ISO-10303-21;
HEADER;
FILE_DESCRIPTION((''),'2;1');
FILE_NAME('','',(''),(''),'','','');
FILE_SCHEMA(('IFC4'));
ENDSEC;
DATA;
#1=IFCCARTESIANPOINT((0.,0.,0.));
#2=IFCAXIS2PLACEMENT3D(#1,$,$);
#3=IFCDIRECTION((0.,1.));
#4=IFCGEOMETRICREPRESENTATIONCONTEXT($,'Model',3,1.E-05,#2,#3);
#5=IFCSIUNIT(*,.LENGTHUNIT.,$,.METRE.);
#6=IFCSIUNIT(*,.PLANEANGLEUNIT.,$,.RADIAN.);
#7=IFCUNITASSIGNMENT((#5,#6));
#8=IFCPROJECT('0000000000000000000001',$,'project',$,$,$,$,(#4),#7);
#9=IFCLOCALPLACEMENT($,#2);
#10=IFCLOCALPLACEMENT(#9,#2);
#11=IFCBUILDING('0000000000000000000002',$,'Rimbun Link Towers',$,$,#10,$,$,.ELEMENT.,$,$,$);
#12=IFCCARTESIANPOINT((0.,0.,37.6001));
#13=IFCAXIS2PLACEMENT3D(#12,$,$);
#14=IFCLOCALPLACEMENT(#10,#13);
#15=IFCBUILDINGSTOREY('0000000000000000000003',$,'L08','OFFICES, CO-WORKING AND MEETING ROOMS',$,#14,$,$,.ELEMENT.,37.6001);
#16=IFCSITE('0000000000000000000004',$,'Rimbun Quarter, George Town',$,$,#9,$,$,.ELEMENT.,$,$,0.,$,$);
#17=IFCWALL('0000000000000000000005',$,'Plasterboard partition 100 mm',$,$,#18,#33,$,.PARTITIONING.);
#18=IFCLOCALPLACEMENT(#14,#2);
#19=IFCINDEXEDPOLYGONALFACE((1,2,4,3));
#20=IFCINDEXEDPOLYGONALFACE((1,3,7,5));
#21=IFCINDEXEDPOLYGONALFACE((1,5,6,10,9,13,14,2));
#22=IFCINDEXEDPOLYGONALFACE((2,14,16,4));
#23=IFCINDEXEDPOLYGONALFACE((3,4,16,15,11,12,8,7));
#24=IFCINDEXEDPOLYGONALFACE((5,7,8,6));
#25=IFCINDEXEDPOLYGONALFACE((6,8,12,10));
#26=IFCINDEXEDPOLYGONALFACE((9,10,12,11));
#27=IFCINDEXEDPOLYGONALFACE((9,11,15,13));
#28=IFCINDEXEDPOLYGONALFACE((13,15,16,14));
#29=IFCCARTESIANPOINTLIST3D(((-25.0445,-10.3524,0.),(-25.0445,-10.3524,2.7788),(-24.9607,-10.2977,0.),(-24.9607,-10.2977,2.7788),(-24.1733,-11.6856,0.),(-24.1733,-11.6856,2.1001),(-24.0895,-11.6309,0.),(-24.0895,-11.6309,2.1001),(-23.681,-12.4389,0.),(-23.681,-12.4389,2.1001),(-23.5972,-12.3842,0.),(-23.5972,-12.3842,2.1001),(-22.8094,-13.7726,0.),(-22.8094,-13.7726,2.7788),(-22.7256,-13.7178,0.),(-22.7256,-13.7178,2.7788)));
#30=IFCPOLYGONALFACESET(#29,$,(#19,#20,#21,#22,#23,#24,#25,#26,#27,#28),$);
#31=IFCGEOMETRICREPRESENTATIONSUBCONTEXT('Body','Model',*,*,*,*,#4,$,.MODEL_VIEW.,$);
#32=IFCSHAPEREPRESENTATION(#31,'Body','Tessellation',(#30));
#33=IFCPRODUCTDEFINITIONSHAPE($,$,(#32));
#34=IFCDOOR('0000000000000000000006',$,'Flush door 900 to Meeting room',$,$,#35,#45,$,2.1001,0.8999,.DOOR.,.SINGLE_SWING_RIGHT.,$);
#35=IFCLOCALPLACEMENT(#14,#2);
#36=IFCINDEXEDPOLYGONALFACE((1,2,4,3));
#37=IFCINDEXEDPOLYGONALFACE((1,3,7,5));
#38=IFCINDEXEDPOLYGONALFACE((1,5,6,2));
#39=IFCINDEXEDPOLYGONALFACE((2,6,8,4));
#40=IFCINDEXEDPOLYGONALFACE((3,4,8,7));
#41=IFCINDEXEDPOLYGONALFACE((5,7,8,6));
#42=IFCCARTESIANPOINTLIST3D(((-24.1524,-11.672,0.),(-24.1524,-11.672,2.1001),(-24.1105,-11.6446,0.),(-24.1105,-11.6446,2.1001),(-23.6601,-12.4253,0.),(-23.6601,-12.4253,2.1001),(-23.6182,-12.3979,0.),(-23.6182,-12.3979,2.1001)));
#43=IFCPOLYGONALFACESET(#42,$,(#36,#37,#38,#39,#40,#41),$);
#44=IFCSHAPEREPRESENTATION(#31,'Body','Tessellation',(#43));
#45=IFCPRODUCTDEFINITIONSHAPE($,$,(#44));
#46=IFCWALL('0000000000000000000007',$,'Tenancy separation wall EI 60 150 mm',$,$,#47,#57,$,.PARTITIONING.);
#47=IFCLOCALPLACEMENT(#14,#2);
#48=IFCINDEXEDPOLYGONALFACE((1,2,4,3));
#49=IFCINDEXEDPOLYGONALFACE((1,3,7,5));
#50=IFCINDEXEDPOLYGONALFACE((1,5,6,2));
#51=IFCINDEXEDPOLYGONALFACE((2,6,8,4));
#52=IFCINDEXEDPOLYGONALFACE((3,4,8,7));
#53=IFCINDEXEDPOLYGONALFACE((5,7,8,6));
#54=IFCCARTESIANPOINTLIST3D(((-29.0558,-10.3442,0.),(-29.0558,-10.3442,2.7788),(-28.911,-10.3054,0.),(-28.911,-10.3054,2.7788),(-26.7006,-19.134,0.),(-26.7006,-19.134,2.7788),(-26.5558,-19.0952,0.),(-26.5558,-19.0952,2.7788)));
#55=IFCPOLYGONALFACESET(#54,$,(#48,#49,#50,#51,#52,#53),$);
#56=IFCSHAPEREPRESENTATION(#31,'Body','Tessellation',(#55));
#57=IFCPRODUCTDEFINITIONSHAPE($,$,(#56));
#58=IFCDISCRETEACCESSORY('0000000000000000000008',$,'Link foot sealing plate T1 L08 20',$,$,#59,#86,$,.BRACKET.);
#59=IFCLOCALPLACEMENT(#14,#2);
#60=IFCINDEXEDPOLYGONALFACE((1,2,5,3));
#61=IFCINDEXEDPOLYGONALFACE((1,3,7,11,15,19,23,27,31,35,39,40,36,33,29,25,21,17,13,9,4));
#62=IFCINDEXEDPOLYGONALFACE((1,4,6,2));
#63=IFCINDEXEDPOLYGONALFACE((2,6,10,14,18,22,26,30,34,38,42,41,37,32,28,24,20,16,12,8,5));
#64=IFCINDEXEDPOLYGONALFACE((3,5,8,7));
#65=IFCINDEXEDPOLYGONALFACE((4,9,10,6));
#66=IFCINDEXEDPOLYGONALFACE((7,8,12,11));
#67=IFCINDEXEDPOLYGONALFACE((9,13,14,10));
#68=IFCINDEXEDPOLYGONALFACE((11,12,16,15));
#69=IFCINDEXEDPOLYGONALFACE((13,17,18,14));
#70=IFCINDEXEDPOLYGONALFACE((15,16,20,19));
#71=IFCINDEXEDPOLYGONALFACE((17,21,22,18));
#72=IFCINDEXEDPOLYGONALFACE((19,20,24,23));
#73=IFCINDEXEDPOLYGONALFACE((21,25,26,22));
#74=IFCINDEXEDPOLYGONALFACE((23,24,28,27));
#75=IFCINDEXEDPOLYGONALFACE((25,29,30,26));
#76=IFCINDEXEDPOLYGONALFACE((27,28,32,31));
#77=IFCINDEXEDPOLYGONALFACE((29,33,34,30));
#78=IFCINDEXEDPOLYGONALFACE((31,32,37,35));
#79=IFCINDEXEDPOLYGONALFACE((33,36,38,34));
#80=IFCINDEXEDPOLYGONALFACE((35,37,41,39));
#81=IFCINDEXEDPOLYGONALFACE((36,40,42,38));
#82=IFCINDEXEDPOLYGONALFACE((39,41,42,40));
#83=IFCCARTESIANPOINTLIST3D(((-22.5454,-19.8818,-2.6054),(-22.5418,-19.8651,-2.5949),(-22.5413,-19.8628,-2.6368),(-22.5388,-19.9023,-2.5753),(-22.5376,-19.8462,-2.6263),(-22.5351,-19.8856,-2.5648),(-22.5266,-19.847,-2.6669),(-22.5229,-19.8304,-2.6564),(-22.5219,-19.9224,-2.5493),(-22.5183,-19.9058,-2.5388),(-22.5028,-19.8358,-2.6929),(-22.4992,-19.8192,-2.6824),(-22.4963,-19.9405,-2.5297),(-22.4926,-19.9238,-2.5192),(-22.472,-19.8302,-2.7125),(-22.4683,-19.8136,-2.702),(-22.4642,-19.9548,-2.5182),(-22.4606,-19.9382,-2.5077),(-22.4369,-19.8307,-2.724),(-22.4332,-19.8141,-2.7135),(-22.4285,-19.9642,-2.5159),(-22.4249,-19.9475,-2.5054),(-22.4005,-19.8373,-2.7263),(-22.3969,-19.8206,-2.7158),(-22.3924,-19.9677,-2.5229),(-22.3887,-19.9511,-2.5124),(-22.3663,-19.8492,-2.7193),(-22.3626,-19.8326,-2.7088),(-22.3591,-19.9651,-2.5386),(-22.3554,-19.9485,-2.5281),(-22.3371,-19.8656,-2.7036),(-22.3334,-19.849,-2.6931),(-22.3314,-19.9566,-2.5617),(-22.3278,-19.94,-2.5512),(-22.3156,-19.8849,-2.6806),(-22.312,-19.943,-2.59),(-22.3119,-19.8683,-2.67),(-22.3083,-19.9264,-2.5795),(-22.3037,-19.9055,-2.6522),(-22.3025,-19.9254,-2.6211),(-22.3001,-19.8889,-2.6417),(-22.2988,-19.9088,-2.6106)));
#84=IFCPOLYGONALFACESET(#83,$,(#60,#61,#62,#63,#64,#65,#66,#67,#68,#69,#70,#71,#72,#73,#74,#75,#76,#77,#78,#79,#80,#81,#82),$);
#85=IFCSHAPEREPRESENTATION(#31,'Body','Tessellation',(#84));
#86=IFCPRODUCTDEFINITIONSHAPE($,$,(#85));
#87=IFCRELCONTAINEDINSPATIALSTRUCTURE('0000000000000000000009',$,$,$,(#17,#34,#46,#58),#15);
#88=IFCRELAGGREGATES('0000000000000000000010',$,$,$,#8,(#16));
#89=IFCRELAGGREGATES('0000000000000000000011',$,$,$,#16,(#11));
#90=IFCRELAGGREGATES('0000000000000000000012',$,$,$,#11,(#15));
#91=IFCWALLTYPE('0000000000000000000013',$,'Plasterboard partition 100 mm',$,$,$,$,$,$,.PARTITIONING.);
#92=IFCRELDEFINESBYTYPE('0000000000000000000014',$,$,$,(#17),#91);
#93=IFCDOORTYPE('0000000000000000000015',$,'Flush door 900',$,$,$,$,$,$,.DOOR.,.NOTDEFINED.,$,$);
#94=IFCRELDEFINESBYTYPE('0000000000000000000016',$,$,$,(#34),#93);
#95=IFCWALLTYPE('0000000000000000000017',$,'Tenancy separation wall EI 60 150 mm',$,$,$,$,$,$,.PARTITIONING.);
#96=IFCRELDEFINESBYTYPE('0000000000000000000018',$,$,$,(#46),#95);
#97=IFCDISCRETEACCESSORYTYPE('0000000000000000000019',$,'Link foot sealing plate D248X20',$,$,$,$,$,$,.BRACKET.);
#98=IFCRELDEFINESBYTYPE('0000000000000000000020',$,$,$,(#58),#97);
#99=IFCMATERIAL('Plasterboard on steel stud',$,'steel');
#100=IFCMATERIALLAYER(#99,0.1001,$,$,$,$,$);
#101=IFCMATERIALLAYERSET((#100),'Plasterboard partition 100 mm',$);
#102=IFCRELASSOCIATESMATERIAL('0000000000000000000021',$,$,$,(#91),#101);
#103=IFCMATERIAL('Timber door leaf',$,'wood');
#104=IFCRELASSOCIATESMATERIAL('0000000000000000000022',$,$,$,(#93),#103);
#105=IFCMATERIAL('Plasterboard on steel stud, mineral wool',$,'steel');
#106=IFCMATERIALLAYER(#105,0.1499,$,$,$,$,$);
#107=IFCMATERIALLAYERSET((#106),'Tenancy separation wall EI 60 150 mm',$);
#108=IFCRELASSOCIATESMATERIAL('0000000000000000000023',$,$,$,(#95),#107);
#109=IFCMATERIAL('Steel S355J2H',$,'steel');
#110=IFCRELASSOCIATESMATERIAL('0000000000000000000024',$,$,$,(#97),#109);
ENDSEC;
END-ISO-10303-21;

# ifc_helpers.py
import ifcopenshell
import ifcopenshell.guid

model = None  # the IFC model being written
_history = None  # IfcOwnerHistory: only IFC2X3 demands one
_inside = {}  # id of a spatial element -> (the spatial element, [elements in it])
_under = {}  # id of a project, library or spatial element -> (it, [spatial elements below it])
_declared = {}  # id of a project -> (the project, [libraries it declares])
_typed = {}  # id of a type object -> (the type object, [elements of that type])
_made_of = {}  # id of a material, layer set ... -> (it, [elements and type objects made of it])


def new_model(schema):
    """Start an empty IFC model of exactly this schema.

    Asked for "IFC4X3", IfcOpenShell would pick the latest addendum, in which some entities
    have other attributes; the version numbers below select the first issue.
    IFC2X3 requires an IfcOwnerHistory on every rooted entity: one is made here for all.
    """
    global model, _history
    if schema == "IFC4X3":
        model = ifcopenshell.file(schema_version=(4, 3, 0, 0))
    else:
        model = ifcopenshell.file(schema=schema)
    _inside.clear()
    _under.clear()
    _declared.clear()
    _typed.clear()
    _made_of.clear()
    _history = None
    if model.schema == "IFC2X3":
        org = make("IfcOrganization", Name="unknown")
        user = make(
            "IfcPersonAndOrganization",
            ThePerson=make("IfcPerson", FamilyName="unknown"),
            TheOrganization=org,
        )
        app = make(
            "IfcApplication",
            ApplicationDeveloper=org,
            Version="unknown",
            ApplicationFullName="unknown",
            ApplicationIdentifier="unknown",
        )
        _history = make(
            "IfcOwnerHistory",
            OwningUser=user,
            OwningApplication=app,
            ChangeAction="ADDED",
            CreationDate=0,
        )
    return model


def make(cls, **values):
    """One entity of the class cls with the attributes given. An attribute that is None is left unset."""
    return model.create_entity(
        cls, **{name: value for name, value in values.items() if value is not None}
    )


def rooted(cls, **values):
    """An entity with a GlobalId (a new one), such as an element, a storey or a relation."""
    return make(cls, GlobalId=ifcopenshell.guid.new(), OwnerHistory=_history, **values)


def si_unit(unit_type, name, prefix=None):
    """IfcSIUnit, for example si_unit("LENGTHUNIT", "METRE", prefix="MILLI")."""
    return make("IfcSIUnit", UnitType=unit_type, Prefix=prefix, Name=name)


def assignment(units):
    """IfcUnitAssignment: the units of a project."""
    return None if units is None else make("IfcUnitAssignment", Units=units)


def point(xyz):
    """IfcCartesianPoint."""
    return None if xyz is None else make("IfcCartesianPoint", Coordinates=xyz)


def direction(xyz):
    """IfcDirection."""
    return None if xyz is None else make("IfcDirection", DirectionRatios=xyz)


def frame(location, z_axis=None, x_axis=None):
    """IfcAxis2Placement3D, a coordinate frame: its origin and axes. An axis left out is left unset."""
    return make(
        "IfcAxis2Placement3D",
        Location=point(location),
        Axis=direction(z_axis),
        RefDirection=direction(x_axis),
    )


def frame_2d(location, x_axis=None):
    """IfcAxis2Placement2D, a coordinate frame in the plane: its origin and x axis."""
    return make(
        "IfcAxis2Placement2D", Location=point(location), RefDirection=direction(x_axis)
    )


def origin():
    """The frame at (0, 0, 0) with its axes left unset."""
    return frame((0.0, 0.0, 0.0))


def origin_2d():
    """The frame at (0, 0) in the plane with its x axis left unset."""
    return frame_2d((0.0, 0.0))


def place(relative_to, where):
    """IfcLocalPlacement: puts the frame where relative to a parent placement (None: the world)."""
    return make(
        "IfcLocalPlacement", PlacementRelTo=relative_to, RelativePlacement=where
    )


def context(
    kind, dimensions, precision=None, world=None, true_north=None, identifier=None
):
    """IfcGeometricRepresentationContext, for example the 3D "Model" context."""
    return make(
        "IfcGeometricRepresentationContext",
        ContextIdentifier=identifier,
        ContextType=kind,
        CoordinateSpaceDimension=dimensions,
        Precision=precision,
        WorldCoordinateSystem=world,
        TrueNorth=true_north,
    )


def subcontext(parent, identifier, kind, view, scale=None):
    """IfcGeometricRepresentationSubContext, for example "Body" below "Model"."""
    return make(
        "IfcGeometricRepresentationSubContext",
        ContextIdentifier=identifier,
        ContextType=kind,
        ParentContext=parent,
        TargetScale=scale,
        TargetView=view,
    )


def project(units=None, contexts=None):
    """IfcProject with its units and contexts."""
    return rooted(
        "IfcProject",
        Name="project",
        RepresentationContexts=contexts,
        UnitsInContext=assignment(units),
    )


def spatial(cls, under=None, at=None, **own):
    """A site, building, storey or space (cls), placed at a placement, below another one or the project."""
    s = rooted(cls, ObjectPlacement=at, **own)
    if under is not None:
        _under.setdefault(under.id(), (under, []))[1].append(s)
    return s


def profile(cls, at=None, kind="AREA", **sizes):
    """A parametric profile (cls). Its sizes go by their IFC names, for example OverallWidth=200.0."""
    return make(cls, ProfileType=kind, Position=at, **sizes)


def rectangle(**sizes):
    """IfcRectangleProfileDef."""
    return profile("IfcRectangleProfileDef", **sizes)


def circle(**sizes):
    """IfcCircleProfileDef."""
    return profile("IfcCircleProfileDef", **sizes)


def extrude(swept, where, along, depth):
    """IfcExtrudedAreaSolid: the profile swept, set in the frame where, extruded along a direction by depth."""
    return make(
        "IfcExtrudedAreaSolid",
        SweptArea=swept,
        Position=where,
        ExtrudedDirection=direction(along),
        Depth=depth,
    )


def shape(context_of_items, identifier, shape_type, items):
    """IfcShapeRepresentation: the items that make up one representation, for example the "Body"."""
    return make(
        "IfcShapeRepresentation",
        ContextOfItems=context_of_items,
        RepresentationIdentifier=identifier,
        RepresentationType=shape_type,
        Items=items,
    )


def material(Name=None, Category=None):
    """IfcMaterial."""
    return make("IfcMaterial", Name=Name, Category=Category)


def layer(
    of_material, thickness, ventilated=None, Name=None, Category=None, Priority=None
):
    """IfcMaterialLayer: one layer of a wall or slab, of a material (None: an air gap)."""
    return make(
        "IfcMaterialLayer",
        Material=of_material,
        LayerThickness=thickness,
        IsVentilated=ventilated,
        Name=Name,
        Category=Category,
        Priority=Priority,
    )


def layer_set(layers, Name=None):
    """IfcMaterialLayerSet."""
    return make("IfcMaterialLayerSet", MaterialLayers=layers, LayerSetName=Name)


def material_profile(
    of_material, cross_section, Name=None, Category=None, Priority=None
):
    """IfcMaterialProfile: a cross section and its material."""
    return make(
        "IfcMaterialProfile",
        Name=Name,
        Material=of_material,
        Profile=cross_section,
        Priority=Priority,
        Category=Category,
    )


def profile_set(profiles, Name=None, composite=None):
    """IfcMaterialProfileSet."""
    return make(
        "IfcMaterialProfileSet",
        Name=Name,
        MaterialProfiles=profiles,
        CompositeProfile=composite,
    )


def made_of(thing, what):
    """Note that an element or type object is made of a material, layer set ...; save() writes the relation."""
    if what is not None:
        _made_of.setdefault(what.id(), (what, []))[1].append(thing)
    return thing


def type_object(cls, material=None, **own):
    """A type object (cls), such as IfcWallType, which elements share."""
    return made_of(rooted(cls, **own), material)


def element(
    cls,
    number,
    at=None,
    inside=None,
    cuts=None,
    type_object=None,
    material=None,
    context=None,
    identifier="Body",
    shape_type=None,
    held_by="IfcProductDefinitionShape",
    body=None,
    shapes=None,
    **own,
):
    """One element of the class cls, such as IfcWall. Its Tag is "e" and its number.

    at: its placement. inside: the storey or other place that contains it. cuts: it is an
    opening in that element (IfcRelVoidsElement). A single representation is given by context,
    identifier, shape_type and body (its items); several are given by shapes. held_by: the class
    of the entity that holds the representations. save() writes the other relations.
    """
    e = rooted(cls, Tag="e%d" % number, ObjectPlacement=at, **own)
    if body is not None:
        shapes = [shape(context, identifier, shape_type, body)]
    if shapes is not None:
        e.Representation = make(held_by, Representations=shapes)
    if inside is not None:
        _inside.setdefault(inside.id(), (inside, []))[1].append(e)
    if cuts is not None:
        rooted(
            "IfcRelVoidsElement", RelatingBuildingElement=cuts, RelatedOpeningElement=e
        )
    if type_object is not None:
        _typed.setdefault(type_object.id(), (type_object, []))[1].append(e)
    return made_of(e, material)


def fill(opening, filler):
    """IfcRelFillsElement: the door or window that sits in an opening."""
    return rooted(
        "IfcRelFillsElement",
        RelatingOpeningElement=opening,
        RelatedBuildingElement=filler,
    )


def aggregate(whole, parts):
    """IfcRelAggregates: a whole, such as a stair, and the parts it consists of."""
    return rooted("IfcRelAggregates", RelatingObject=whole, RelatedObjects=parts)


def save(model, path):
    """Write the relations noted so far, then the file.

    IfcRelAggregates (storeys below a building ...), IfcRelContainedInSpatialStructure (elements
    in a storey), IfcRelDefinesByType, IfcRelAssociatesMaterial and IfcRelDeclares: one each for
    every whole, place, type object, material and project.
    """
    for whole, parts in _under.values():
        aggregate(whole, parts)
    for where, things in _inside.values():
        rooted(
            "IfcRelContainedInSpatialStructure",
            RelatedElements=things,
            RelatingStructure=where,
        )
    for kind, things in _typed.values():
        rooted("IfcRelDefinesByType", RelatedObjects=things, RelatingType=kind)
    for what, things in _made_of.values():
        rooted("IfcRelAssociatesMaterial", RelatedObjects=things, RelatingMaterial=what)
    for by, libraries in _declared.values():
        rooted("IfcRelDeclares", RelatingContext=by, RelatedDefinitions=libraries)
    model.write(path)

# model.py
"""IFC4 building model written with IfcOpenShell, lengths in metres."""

from ifc_helpers import new_model, si_unit, direction, frame, frame_2d, origin, origin_2d, place, context, subcontext, project, spatial, rectangle, circle, extrude, material, layer, layer_set, material_profile, profile_set, type_object, element, fill, save


model = new_model("IFC4")

# Units and contexts
model_context = context("Model", 3, precision=1e-05, world=origin(), true_north=direction((0.0, 1.0)))
body_context = subcontext(model_context, "Body", "Model", "MODEL_VIEW")
ifc_project = project(units=[si_unit("LENGTHUNIT", "METRE"), si_unit("PLANEANGLEUNIT", "RADIAN")], contexts=[model_context])

# Site, building, storey
site_placement = place(None, origin())
site = spatial("IfcSite", under=ifc_project, at=site_placement, Name="Rimbun Quarter, George Town", CompositionType="ELEMENT", RefElevation=0.0)
building_placement = place(site_placement, origin())
building = spatial("IfcBuilding", under=site, at=building_placement, Name="Rimbun Link Towers", CompositionType="ELEMENT")
storey_placement = place(building_placement, frame((0.0, 0.0, 37.6001)))
storey = spatial("IfcBuildingStorey", under=building, at=storey_placement, Name="L08", Description="OFFICES, CO-WORKING AND MEETING ROOMS", CompositionType="ELEMENT", Elevation=37.6001)

# Shared definitions
ifc_material_1 = material(Name="Plasterboard on steel stud", Category="steel")
ifc_layer_1 = layer(ifc_material_1, 0.1001)
ifc_layer_set_1 = layer_set([ifc_layer_1], Name="Plasterboard partition 100 mm")
wall_type_1 = type_object("IfcWallType", Name="Plasterboard partition 100 mm", PredefinedType="PARTITIONING", material=ifc_layer_set_1)
ifc_material_2 = material(Name="Timber door leaf", Category="wood")
door_type_1 = type_object("IfcDoorType", Name="Flush door 900", OperationType="NOTDEFINED", PredefinedType="DOOR", material=ifc_material_2)

# Wall, opening, door
wall_1_placement = place(storey_placement, frame((-25.0027, -10.325, 0.0), z_axis=(0.0, 0.0, 1.0), x_axis=(0.547051, -0.837099, 0.0)))
wall_1 = element("IfcWall", 1, at=wall_1_placement, inside=storey, type_object=wall_type_1, Name="Plasterboard partition 100 mm", PredefinedType="PARTITIONING", context=body_context, shape_type="SweptSolid", body=[
    extrude(rectangle(XDim=4.0857, YDim=0.1001, at=frame_2d((2.043, 0.0))), origin(), (0.0, 0.0, 1.0), 2.7788),
])
opening_1_placement = place(wall_1_placement, frame((1.5928, 0.0, 0.0)))
opening_1 = element("IfcOpeningElement", 2, at=opening_1_placement, cuts=wall_1, PredefinedType="OPENING", context=body_context, shape_type="SweptSolid", body=[
    extrude(rectangle(XDim=0.8999, YDim=2.1001, at=frame_2d((0.45, 1.05))), frame((0.0, 0.0601, 0.0), z_axis=(0.0, -1.0, 0.0), x_axis=(1.0, 0.0, 0.0)), (0.0, 0.0, 1.0), 0.1201),
])
door_1_placement = place(opening_1_placement, origin())
door_1 = element("IfcDoor", 3, at=door_1_placement, inside=storey, type_object=door_type_1, Name="Flush door 900 to Meeting room", OperationType="SINGLE_SWING_RIGHT", OverallHeight=2.1001, OverallWidth=0.8999, PredefinedType="DOOR", context=body_context, shape_type="SweptSolid", body=[
    extrude(rectangle(XDim=0.8999, YDim=2.1001, at=frame_2d((0.45, 1.05))), frame((0.0, 0.0249, 0.0), z_axis=(0.0, -1.0, 0.0), x_axis=(1.0, 0.0, 0.0)), (0.0, 0.0, 1.0), 0.05),
])
fill(opening_1, door_1)

# Wall
ifc_material_3 = material(Name="Plasterboard on steel stud, mineral wool", Category="steel")
ifc_layer_2 = layer(ifc_material_3, 0.1499)
ifc_layer_set_2 = layer_set([ifc_layer_2], Name="Tenancy separation wall EI 60 150 mm")
wall_type_2 = type_object("IfcWallType", Name="Tenancy separation wall EI 60 150 mm", PredefinedType="PARTITIONING", material=ifc_layer_set_2)
wall_2_placement = place(storey_placement, frame((-28.9834, -10.325, 0.0), z_axis=(0.0, 0.0, 1.0), x_axis=(0.25882, -0.965926, 0.0)))
element("IfcWall", 4, at=wall_2_placement, inside=storey, type_object=wall_type_2, Name="Tenancy separation wall EI 60 150 mm", PredefinedType="PARTITIONING", context=body_context, shape_type="SweptSolid", body=[
    extrude(rectangle(XDim=9.0999, YDim=0.1499, at=frame_2d((4.5498, 0.0))), origin(), (0.0, 0.0, 1.0), 2.7788),
])

# Discrete accessory
ifc_material_4 = material(Name="Steel S355J2H", Category="steel")
ifc_material_profile_1 = material_profile(ifc_material_4, circle(Radius=0.124, at=origin_2d()), Name="PL D248")
ifc_profile_set_1 = profile_set([ifc_material_profile_1], Name="Steel S355J2H")
discrete_accessory_type = type_object("IfcDiscreteAccessoryType", Name="Link foot sealing plate D248X20", PredefinedType="BRACKET", material=ifc_profile_set_1)
discrete_accessory_placement = place(storey_placement, frame((-22.4199, -19.8821, -2.6106), z_axis=(-0.183282, -0.830876, -0.525407), x_axis=(0.976524, -0.21541, 0.0)))
element("IfcDiscreteAccessory", 5, at=discrete_accessory_placement, inside=storey, type_object=discrete_accessory_type, Name="Link foot sealing plate T1 L08 20", PredefinedType="BRACKET", context=body_context, shape_type="SweptSolid", body=[
    extrude(circle(Radius=0.124, at=origin_2d()), origin(), (0.0, 0.0, 1.0), 0.02),
])

save(model, "model.ifc")
